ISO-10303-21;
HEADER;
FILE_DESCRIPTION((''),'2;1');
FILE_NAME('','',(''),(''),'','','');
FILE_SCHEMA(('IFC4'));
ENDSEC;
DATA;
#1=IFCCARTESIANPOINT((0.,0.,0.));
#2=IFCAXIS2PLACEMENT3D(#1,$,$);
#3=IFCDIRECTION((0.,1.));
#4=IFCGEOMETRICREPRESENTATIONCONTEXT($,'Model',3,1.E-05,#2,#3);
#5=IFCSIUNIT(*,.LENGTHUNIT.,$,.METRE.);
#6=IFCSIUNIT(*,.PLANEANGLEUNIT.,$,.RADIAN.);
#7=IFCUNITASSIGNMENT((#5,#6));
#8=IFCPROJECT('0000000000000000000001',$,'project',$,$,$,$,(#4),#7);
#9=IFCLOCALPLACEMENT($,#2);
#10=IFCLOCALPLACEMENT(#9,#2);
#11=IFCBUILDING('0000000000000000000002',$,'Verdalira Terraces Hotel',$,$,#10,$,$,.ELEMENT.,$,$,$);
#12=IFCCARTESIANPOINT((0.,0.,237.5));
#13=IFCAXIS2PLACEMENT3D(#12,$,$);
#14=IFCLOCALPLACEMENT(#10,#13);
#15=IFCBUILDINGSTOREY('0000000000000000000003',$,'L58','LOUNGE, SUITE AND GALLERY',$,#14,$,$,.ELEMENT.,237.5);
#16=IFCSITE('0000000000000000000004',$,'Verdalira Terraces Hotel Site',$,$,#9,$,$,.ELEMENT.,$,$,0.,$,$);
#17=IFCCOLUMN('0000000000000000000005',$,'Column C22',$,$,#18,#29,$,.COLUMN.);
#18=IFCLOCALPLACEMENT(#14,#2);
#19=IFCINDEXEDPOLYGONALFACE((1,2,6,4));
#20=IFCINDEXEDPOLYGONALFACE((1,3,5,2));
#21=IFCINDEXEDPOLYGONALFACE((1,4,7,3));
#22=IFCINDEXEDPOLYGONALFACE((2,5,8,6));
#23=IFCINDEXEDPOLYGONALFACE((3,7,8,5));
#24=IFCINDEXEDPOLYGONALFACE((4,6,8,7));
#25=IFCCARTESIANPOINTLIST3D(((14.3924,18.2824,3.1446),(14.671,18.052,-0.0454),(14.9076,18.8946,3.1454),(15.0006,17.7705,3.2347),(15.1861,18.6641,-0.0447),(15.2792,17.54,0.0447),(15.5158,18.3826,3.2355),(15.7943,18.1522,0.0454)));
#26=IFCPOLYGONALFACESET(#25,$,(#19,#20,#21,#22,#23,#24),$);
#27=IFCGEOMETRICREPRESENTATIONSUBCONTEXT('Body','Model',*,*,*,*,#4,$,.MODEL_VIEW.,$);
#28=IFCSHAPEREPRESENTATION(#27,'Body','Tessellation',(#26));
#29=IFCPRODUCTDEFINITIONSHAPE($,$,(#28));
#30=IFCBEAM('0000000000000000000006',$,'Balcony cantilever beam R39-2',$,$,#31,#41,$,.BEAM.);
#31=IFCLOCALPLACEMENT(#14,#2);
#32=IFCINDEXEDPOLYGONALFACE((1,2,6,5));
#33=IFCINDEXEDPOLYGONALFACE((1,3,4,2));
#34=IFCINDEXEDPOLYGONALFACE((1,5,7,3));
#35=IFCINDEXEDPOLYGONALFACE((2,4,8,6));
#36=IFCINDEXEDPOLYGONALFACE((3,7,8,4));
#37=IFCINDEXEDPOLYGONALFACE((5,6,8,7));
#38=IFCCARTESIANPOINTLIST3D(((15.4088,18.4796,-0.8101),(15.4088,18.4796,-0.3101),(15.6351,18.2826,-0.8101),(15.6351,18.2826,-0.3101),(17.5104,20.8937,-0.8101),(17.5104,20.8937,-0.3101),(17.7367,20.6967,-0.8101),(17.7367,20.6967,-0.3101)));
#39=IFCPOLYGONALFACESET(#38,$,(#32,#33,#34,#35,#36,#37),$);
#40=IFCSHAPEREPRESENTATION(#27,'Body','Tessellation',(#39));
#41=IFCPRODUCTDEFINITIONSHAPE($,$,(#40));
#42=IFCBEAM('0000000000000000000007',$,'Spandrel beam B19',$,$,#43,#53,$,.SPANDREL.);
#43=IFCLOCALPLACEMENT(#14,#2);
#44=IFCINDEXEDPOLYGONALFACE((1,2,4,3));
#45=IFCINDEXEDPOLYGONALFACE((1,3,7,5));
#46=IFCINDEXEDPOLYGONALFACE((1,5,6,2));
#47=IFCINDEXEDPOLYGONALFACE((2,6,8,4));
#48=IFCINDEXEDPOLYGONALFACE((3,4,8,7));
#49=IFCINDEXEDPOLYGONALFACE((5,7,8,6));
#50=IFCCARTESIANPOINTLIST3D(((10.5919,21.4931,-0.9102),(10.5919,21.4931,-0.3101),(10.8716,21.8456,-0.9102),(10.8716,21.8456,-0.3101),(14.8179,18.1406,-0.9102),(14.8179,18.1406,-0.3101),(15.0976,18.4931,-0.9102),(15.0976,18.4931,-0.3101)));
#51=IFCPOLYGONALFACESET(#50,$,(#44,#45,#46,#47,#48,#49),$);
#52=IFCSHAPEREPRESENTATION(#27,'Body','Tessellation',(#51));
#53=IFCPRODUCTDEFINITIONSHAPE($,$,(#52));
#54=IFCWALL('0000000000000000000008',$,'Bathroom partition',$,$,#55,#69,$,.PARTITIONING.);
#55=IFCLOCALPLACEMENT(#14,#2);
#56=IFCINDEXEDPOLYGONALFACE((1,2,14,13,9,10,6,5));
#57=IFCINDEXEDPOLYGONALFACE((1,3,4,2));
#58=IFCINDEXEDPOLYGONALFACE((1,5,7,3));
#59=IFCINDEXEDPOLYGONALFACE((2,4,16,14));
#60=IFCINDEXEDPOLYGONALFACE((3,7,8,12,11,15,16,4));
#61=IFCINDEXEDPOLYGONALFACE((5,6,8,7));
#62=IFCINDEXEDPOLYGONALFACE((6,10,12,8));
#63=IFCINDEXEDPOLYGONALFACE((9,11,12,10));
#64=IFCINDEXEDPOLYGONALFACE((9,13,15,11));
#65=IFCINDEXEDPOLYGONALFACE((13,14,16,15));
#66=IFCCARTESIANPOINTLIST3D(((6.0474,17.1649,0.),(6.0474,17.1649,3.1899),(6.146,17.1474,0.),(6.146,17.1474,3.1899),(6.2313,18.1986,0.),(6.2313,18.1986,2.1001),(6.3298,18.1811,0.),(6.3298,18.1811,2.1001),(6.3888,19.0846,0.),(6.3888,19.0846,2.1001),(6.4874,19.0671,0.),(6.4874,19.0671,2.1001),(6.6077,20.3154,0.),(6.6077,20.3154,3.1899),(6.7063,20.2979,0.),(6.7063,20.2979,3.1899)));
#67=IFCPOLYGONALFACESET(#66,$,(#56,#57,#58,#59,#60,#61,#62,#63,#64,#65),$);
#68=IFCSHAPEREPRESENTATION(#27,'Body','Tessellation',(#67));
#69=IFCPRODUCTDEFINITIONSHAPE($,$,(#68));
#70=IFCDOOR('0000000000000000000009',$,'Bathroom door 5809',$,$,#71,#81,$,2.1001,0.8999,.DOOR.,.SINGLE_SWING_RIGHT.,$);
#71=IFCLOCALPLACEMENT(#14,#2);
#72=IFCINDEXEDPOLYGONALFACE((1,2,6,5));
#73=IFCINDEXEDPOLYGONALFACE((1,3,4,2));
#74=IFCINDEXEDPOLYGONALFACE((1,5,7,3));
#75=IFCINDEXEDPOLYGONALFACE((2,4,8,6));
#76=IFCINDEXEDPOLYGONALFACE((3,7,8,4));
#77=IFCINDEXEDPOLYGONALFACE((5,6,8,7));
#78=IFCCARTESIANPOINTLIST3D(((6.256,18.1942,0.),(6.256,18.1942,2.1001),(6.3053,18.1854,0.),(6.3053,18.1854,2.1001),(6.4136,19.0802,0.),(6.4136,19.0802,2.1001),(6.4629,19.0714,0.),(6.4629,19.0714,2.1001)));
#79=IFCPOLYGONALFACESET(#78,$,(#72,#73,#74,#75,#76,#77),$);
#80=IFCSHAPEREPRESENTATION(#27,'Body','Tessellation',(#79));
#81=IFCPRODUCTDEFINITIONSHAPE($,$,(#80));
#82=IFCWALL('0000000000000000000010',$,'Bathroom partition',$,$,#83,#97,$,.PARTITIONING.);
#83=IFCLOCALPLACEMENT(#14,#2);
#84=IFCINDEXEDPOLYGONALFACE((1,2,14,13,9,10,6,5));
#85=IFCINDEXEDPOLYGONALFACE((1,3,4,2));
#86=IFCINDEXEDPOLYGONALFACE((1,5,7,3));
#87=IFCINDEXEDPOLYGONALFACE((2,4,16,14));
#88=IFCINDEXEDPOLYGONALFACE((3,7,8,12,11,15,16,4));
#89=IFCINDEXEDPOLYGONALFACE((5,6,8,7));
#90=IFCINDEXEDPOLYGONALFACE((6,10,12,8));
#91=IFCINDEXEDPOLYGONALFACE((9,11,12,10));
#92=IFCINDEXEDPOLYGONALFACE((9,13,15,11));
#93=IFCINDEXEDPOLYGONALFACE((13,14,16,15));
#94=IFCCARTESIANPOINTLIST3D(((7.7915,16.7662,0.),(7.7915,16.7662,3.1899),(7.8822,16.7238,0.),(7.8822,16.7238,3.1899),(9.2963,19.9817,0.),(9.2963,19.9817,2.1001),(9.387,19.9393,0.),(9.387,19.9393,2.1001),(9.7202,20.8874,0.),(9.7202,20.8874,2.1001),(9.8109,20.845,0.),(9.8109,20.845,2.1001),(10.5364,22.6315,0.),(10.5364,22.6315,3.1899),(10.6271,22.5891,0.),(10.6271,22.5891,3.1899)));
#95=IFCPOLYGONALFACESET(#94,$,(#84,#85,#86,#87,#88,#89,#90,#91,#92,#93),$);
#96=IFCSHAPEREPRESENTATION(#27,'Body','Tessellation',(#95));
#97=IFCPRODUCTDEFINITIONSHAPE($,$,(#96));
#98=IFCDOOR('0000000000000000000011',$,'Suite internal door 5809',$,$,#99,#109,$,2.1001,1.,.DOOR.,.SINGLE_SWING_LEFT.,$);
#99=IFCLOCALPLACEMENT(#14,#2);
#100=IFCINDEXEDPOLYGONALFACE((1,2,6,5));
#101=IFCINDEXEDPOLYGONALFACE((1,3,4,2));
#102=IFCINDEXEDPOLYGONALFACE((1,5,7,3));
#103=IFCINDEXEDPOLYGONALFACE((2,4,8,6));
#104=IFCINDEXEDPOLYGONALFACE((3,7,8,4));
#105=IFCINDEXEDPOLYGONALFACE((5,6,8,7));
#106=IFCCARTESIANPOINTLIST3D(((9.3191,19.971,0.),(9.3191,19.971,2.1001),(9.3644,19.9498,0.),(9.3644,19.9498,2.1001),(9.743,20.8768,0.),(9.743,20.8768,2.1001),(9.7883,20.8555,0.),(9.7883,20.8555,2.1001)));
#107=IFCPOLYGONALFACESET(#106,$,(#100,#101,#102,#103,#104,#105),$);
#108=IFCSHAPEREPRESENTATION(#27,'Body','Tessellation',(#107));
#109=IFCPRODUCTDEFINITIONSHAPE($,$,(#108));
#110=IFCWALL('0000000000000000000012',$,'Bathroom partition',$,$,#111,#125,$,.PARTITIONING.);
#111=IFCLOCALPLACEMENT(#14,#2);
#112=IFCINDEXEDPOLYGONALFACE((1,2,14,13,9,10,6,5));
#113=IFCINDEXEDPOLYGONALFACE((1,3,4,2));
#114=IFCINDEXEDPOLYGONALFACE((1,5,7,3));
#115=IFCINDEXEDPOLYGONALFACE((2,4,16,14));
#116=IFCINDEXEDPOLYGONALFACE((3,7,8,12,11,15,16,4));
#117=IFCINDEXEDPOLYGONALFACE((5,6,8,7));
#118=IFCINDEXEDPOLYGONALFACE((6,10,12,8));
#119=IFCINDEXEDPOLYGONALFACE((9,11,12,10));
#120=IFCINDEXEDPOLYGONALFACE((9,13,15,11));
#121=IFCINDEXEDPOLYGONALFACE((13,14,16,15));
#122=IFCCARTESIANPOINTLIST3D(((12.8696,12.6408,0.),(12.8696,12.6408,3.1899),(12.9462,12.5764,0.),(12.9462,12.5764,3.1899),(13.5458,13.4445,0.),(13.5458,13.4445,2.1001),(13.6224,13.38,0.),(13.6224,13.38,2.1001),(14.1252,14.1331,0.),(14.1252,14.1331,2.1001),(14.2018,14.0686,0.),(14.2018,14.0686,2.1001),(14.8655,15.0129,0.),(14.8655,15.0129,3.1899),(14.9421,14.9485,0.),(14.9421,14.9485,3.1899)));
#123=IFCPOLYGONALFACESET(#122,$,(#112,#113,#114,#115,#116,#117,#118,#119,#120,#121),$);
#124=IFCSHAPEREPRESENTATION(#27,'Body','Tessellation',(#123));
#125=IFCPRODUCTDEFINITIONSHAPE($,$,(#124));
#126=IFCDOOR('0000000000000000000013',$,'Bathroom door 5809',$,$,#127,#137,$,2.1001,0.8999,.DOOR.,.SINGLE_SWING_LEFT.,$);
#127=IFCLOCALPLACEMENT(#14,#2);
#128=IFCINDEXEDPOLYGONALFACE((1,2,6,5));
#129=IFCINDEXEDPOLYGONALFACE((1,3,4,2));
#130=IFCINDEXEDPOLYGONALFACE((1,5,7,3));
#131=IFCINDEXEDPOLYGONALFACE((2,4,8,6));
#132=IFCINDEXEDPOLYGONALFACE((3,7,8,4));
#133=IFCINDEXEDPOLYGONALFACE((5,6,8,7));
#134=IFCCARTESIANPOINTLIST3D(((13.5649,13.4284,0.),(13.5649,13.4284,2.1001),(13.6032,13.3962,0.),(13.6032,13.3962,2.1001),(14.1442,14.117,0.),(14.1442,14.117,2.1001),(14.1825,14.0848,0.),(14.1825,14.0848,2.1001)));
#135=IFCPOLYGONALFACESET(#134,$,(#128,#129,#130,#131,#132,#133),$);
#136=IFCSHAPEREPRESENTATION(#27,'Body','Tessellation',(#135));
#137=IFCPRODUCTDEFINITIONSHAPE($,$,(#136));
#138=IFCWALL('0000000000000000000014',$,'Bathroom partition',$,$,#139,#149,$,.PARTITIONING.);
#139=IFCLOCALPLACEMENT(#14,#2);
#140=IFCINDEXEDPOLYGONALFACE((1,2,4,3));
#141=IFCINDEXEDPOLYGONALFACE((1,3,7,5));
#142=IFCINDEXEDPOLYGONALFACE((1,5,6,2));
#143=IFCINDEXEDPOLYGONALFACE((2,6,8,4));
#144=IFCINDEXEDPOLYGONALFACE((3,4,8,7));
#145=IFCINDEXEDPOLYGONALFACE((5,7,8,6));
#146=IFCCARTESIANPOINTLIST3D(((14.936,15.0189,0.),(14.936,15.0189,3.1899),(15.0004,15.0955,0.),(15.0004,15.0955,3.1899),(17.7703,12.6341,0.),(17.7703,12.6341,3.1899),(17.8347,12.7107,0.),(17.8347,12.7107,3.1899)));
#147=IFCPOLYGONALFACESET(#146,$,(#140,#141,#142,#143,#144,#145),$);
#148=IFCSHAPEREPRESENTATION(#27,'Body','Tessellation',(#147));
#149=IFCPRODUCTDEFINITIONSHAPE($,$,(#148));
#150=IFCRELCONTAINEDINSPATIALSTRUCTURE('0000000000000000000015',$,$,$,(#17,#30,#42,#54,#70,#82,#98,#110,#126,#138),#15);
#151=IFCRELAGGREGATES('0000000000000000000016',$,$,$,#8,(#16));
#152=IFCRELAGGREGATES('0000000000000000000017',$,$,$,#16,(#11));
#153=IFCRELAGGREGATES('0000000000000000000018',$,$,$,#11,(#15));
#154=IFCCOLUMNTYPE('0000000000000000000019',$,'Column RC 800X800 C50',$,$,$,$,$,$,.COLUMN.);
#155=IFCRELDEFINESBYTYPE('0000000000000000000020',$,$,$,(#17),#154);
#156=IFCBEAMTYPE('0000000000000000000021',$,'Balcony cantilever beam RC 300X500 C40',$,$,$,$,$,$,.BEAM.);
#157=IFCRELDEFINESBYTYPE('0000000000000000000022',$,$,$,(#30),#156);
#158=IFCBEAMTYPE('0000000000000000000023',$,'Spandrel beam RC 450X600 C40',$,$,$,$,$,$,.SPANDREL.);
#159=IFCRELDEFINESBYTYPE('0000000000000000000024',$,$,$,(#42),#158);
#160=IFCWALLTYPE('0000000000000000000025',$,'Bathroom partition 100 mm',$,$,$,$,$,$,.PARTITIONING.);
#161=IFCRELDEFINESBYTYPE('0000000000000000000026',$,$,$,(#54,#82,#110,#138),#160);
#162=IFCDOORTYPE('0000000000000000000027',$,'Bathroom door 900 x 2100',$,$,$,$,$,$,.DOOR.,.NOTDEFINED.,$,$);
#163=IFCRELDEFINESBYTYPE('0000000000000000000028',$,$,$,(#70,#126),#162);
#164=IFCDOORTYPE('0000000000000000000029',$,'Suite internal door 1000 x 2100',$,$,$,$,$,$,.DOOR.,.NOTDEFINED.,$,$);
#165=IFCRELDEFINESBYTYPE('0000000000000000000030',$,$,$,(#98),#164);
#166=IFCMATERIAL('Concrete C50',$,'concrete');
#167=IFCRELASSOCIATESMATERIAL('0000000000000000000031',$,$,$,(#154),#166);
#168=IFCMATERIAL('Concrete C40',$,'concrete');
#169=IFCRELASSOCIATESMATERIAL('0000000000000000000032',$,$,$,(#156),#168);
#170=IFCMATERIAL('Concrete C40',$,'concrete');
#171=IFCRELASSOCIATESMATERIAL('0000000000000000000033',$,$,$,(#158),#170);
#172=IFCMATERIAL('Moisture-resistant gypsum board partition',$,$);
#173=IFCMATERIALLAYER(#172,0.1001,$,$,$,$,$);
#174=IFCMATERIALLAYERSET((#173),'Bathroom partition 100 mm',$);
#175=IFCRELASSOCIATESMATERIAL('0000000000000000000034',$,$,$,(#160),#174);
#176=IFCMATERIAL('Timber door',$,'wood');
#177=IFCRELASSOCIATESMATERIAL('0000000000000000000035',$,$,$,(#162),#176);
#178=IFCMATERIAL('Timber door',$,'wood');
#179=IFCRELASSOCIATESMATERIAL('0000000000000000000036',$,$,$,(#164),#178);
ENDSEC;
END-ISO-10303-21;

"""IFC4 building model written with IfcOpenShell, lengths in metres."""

from ifc_helpers import new_model, si_unit, direction, frame, frame_2d, origin, origin_2d, place, context, subcontext, project, spatial, rectangle, extrude, material, layer, layer_set, material_profile, profile_set, type_object, element, fill, save


model = new_model("IFC4")

# Units and contexts
model_context = context("Model", 3, precision=1e-05, world=origin(), true_north=direction((0.0, 1.0)))
body_context = subcontext(model_context, "Body", "Model", "MODEL_VIEW")
ifc_project = project(units=[si_unit("LENGTHUNIT", "METRE"), si_unit("PLANEANGLEUNIT", "RADIAN")], contexts=[model_context])

# Site, building, storey
site_placement = place(None, origin())
site = spatial("IfcSite", under=ifc_project, at=site_placement, Name="Verdalira Terraces Hotel Site", CompositionType="ELEMENT", RefElevation=0.0)
building_placement = place(site_placement, origin())
building = spatial("IfcBuilding", under=site, at=building_placement, Name="Verdalira Terraces Hotel", CompositionType="ELEMENT")
storey_placement = place(building_placement, frame((0.0, 0.0, 237.5)))
storey = spatial("IfcBuildingStorey", under=building, at=storey_placement, Name="L58", Description="LOUNGE, SUITE AND GALLERY", CompositionType="ELEMENT", Elevation=237.5)

# Column
ifc_material_1 = material(Name="Concrete C50", Category="concrete")
ifc_material_profile_1 = material_profile(ifc_material_1, rectangle(XDim=0.8, YDim=0.8, at=origin_2d()), Name="RC 800X800")
ifc_profile_set_1 = profile_set([ifc_material_profile_1], Name="Concrete C50")
column_type = type_object("IfcColumnType", Name="Column RC 800X800 C50", PredefinedType="COLUMN", material=ifc_profile_set_1)
column_placement = place(storey_placement, frame((15.2327, 18.1021, 0.0), z_axis=(-0.08677, 0.071789, 0.993638), x_axis=(-0.760182, 0.639876, -0.112614)))
element("IfcColumn", 1, at=column_placement, inside=storey, type_object=column_type, Name="Column C22", PredefinedType="COLUMN", context=body_context, shape_type="SweptSolid", body=[
    extrude(rectangle(XDim=0.8, YDim=0.8, at=origin_2d()), origin(), (0.0, 0.0, 1.0), 3.2104),
])

# Beams
ifc_material_2 = material(Name="Concrete C40", Category="concrete")
ifc_material_profile_2 = material_profile(ifc_material_2, rectangle(XDim=0.3, YDim=0.5, at=origin_2d()), Name="RC 300X500")
ifc_profile_set_2 = profile_set([ifc_material_profile_2], Name="Concrete C40")
beam_type_1 = type_object("IfcBeamType", Name="Balcony cantilever beam RC 300X500 C40", PredefinedType="BEAM", material=ifc_profile_set_2)
beam_1_placement = place(storey_placement, frame((15.522, 18.3811, -0.5601), z_axis=(0.656602, 0.754238, 0.0), x_axis=(-0.754238, 0.656602, 0.0)))
element("IfcBeam", 2, at=beam_1_placement, inside=storey, type_object=beam_type_1, Name="Balcony cantilever beam R39-2", PredefinedType="BEAM", context=body_context, shape_type="SweptSolid", body=[
    extrude(rectangle(XDim=0.3, YDim=0.5, at=origin_2d()), origin(), (0.0, 0.0, 1.0), 3.2007),
])
ifc_material_3 = material(Name="Concrete C40", Category="concrete")
ifc_material_profile_3 = material_profile(ifc_material_3, rectangle(XDim=0.45, YDim=0.6001, at=origin_2d()), Name="RC 450X600")
ifc_profile_set_3 = profile_set([ifc_material_profile_3], Name="Concrete C40")
beam_type_2 = type_object("IfcBeamType", Name="Spandrel beam RC 450X600 C40", PredefinedType="SPANDREL", material=ifc_profile_set_3)
beam_2_placement = place(storey_placement, frame((14.9578, 18.3169, -0.6101), z_axis=(-0.783423, 0.621489, 0.0), x_axis=(-0.621489, -0.783423, 0.0)))
element("IfcBeam", 3, at=beam_2_placement, inside=storey, type_object=beam_type_2, Name="Spandrel beam B19", PredefinedType="SPANDREL", context=body_context, shape_type="SweptSolid", body=[
    extrude(rectangle(XDim=0.45, YDim=0.6001, at=origin_2d()), origin(), (0.0, 0.0, 1.0), 5.3943),
])

# Walls, openings, doors
ifc_material_4 = material(Name="Moisture-resistant gypsum board partition")
ifc_layer_1 = layer(ifc_material_4, 0.1001)
ifc_layer_set_1 = layer_set([ifc_layer_1], Name="Bathroom partition 100 mm")
wall_type_1 = type_object("IfcWallType", Name="Bathroom partition 100 mm", PredefinedType="PARTITIONING", material=ifc_layer_set_1)
wall_1_placement = place(storey_placement, frame((6.0967, 17.156, 0.0), z_axis=(0.0, 0.0, 1.0), x_axis=(0.175091, 0.984552, 0.0)))
wall_1 = element("IfcWall", 4, at=wall_1_placement, inside=storey, type_object=wall_type_1, Name="Bathroom partition", PredefinedType="PARTITIONING", context=body_context, shape_type="SweptSolid", body=[
    extrude(rectangle(XDim=3.2, YDim=0.1001, at=frame_2d((1.6001, 0.0))), origin(), (0.0, 0.0, 1.0), 3.1899),
])
opening_1_placement = place(wall_1_placement, frame((1.05, 0.0, 0.0)))
opening_1 = element("IfcOpeningElement", 5, at=opening_1_placement, cuts=wall_1, PredefinedType="OPENING", context=body_context, shape_type="SweptSolid", body=[
    extrude(rectangle(XDim=0.8999, YDim=2.1001, at=frame_2d((0.45, 1.05))), frame((0.0, 0.0601, 0.0), z_axis=(0.0, -1.0, 0.0), x_axis=(1.0, 0.0, 0.0)), (0.0, 0.0, 1.0), 0.1201),
])
ifc_material_5 = material(Name="Timber door", Category="wood")
door_type_1 = type_object("IfcDoorType", Name="Bathroom door 900 x 2100", OperationType="NOTDEFINED", PredefinedType="DOOR", material=ifc_material_5)
door_1_placement = place(opening_1_placement, origin())
door_1 = element("IfcDoor", 6, at=door_1_placement, inside=storey, type_object=door_type_1, Name="Bathroom door 5809", OperationType="SINGLE_SWING_RIGHT", OverallHeight=2.1001, OverallWidth=0.8999, PredefinedType="DOOR", context=body_context, shape_type="SweptSolid", body=[
    extrude(rectangle(XDim=0.8999, YDim=2.1001, at=frame_2d((0.45, 1.05))), frame((0.0, 0.0249, 0.0), z_axis=(0.0, -1.0, 0.0), x_axis=(1.0, 0.0, 0.0)), (0.0, 0.0, 1.0), 0.05),
])
fill(opening_1, door_1)
wall_2_placement = place(storey_placement, frame((7.8369, 16.7451, 0.0), z_axis=(0.0, 0.0, 1.0), x_axis=(0.42387, 0.905723, 0.0)))
wall_2 = element("IfcWall", 7, at=wall_2_placement, inside=storey, type_object=wall_type_1, Name="Bathroom partition", PredefinedType="PARTITIONING", context=body_context, shape_type="SweptSolid", body=[
    extrude(rectangle(XDim=6.4758, YDim=0.1001, at=frame_2d((3.2378, 0.0))), origin(), (0.0, 0.0, 1.0), 3.1899),
])
opening_2_placement = place(wall_2_placement, frame((3.55, 0.0, 0.0)))
opening_2 = element("IfcOpeningElement", 8, at=opening_2_placement, cuts=wall_2, PredefinedType="OPENING", context=body_context, shape_type="SweptSolid", body=[
    extrude(rectangle(XDim=1.0, YDim=2.1001, at=frame_2d((0.5, 1.05))), frame((0.0, 0.0601, 0.0), z_axis=(0.0, -1.0, 0.0), x_axis=(1.0, 0.0, 0.0)), (0.0, 0.0, 1.0), 0.1201),
])
ifc_material_6 = material(Name="Timber door", Category="wood")
door_type_2 = type_object("IfcDoorType", Name="Suite internal door 1000 x 2100", OperationType="NOTDEFINED", PredefinedType="DOOR", material=ifc_material_6)
door_2_placement = place(opening_2_placement, origin())
door_2 = element("IfcDoor", 9, at=door_2_placement, inside=storey, type_object=door_type_2, Name="Suite internal door 5809", OperationType="SINGLE_SWING_LEFT", OverallHeight=2.1001, OverallWidth=1.0, PredefinedType="DOOR", context=body_context, shape_type="SweptSolid", body=[
    extrude(rectangle(XDim=1.0, YDim=2.1001, at=frame_2d((0.5, 1.05))), frame((0.0, 0.0249, 0.0), z_axis=(0.0, -1.0, 0.0), x_axis=(1.0, 0.0, 0.0)), (0.0, 0.0, 1.0), 0.05),
])
fill(opening_2, door_2)
wall_3_placement = place(storey_placement, frame((14.9038, 14.9807, 0.0), z_axis=(0.0, 0.0, 1.0), x_axis=(-0.643818, -0.765179, 0.0)))
wall_3 = element("IfcWall", 10, at=wall_3_placement, inside=storey, type_object=wall_type_1, Name="Bathroom partition", PredefinedType="PARTITIONING", context=body_context, shape_type="SweptSolid", body=[
    extrude(rectangle(XDim=3.1001, YDim=0.1001, at=frame_2d((1.55, 0.0))), origin(), (0.0, 0.0, 1.0), 3.1899),
])
opening_3_placement = place(wall_3_placement, frame((1.1499, 0.0, 0.0)))
opening_3 = element("IfcOpeningElement", 11, at=opening_3_placement, cuts=wall_3, PredefinedType="OPENING", context=body_context, shape_type="SweptSolid", body=[
    extrude(rectangle(XDim=0.8999, YDim=2.1001, at=frame_2d((0.45, 1.05))), frame((0.0, 0.0601, 0.0), z_axis=(0.0, -1.0, 0.0), x_axis=(1.0, 0.0, 0.0)), (0.0, 0.0, 1.0), 0.1201),
])
door_3_placement = place(opening_3_placement, origin())
door_3 = element("IfcDoor", 12, at=door_3_placement, inside=storey, type_object=door_type_1, Name="Bathroom door 5809", OperationType="SINGLE_SWING_LEFT", OverallHeight=2.1001, OverallWidth=0.8999, PredefinedType="DOOR", context=body_context, shape_type="SweptSolid", body=[
    extrude(rectangle(XDim=0.8999, YDim=2.1001, at=frame_2d((0.45, 1.05))), frame((0.0, 0.0249, 0.0), z_axis=(0.0, -1.0, 0.0), x_axis=(1.0, 0.0, 0.0)), (0.0, 0.0, 1.0), 0.05),
])
fill(opening_3, door_3)

# Wall
wall_4_placement = place(storey_placement, frame((17.8025, 12.6724, 0.0), z_axis=(0.0, 0.0, 1.0), x_axis=(-0.765171, 0.643827, 0.0)))
element("IfcWall", 13, at=wall_4_placement, inside=storey, type_object=wall_type_1, Name="Bathroom partition", PredefinedType="PARTITIONING", context=body_context, shape_type="SweptSolid", body=[
    extrude(rectangle(XDim=3.7041, YDim=0.1001, at=frame_2d((1.8521, 0.0))), origin(), (0.0, 0.0, 1.0), 3.1899),
])

save(model, "model.ifc")
